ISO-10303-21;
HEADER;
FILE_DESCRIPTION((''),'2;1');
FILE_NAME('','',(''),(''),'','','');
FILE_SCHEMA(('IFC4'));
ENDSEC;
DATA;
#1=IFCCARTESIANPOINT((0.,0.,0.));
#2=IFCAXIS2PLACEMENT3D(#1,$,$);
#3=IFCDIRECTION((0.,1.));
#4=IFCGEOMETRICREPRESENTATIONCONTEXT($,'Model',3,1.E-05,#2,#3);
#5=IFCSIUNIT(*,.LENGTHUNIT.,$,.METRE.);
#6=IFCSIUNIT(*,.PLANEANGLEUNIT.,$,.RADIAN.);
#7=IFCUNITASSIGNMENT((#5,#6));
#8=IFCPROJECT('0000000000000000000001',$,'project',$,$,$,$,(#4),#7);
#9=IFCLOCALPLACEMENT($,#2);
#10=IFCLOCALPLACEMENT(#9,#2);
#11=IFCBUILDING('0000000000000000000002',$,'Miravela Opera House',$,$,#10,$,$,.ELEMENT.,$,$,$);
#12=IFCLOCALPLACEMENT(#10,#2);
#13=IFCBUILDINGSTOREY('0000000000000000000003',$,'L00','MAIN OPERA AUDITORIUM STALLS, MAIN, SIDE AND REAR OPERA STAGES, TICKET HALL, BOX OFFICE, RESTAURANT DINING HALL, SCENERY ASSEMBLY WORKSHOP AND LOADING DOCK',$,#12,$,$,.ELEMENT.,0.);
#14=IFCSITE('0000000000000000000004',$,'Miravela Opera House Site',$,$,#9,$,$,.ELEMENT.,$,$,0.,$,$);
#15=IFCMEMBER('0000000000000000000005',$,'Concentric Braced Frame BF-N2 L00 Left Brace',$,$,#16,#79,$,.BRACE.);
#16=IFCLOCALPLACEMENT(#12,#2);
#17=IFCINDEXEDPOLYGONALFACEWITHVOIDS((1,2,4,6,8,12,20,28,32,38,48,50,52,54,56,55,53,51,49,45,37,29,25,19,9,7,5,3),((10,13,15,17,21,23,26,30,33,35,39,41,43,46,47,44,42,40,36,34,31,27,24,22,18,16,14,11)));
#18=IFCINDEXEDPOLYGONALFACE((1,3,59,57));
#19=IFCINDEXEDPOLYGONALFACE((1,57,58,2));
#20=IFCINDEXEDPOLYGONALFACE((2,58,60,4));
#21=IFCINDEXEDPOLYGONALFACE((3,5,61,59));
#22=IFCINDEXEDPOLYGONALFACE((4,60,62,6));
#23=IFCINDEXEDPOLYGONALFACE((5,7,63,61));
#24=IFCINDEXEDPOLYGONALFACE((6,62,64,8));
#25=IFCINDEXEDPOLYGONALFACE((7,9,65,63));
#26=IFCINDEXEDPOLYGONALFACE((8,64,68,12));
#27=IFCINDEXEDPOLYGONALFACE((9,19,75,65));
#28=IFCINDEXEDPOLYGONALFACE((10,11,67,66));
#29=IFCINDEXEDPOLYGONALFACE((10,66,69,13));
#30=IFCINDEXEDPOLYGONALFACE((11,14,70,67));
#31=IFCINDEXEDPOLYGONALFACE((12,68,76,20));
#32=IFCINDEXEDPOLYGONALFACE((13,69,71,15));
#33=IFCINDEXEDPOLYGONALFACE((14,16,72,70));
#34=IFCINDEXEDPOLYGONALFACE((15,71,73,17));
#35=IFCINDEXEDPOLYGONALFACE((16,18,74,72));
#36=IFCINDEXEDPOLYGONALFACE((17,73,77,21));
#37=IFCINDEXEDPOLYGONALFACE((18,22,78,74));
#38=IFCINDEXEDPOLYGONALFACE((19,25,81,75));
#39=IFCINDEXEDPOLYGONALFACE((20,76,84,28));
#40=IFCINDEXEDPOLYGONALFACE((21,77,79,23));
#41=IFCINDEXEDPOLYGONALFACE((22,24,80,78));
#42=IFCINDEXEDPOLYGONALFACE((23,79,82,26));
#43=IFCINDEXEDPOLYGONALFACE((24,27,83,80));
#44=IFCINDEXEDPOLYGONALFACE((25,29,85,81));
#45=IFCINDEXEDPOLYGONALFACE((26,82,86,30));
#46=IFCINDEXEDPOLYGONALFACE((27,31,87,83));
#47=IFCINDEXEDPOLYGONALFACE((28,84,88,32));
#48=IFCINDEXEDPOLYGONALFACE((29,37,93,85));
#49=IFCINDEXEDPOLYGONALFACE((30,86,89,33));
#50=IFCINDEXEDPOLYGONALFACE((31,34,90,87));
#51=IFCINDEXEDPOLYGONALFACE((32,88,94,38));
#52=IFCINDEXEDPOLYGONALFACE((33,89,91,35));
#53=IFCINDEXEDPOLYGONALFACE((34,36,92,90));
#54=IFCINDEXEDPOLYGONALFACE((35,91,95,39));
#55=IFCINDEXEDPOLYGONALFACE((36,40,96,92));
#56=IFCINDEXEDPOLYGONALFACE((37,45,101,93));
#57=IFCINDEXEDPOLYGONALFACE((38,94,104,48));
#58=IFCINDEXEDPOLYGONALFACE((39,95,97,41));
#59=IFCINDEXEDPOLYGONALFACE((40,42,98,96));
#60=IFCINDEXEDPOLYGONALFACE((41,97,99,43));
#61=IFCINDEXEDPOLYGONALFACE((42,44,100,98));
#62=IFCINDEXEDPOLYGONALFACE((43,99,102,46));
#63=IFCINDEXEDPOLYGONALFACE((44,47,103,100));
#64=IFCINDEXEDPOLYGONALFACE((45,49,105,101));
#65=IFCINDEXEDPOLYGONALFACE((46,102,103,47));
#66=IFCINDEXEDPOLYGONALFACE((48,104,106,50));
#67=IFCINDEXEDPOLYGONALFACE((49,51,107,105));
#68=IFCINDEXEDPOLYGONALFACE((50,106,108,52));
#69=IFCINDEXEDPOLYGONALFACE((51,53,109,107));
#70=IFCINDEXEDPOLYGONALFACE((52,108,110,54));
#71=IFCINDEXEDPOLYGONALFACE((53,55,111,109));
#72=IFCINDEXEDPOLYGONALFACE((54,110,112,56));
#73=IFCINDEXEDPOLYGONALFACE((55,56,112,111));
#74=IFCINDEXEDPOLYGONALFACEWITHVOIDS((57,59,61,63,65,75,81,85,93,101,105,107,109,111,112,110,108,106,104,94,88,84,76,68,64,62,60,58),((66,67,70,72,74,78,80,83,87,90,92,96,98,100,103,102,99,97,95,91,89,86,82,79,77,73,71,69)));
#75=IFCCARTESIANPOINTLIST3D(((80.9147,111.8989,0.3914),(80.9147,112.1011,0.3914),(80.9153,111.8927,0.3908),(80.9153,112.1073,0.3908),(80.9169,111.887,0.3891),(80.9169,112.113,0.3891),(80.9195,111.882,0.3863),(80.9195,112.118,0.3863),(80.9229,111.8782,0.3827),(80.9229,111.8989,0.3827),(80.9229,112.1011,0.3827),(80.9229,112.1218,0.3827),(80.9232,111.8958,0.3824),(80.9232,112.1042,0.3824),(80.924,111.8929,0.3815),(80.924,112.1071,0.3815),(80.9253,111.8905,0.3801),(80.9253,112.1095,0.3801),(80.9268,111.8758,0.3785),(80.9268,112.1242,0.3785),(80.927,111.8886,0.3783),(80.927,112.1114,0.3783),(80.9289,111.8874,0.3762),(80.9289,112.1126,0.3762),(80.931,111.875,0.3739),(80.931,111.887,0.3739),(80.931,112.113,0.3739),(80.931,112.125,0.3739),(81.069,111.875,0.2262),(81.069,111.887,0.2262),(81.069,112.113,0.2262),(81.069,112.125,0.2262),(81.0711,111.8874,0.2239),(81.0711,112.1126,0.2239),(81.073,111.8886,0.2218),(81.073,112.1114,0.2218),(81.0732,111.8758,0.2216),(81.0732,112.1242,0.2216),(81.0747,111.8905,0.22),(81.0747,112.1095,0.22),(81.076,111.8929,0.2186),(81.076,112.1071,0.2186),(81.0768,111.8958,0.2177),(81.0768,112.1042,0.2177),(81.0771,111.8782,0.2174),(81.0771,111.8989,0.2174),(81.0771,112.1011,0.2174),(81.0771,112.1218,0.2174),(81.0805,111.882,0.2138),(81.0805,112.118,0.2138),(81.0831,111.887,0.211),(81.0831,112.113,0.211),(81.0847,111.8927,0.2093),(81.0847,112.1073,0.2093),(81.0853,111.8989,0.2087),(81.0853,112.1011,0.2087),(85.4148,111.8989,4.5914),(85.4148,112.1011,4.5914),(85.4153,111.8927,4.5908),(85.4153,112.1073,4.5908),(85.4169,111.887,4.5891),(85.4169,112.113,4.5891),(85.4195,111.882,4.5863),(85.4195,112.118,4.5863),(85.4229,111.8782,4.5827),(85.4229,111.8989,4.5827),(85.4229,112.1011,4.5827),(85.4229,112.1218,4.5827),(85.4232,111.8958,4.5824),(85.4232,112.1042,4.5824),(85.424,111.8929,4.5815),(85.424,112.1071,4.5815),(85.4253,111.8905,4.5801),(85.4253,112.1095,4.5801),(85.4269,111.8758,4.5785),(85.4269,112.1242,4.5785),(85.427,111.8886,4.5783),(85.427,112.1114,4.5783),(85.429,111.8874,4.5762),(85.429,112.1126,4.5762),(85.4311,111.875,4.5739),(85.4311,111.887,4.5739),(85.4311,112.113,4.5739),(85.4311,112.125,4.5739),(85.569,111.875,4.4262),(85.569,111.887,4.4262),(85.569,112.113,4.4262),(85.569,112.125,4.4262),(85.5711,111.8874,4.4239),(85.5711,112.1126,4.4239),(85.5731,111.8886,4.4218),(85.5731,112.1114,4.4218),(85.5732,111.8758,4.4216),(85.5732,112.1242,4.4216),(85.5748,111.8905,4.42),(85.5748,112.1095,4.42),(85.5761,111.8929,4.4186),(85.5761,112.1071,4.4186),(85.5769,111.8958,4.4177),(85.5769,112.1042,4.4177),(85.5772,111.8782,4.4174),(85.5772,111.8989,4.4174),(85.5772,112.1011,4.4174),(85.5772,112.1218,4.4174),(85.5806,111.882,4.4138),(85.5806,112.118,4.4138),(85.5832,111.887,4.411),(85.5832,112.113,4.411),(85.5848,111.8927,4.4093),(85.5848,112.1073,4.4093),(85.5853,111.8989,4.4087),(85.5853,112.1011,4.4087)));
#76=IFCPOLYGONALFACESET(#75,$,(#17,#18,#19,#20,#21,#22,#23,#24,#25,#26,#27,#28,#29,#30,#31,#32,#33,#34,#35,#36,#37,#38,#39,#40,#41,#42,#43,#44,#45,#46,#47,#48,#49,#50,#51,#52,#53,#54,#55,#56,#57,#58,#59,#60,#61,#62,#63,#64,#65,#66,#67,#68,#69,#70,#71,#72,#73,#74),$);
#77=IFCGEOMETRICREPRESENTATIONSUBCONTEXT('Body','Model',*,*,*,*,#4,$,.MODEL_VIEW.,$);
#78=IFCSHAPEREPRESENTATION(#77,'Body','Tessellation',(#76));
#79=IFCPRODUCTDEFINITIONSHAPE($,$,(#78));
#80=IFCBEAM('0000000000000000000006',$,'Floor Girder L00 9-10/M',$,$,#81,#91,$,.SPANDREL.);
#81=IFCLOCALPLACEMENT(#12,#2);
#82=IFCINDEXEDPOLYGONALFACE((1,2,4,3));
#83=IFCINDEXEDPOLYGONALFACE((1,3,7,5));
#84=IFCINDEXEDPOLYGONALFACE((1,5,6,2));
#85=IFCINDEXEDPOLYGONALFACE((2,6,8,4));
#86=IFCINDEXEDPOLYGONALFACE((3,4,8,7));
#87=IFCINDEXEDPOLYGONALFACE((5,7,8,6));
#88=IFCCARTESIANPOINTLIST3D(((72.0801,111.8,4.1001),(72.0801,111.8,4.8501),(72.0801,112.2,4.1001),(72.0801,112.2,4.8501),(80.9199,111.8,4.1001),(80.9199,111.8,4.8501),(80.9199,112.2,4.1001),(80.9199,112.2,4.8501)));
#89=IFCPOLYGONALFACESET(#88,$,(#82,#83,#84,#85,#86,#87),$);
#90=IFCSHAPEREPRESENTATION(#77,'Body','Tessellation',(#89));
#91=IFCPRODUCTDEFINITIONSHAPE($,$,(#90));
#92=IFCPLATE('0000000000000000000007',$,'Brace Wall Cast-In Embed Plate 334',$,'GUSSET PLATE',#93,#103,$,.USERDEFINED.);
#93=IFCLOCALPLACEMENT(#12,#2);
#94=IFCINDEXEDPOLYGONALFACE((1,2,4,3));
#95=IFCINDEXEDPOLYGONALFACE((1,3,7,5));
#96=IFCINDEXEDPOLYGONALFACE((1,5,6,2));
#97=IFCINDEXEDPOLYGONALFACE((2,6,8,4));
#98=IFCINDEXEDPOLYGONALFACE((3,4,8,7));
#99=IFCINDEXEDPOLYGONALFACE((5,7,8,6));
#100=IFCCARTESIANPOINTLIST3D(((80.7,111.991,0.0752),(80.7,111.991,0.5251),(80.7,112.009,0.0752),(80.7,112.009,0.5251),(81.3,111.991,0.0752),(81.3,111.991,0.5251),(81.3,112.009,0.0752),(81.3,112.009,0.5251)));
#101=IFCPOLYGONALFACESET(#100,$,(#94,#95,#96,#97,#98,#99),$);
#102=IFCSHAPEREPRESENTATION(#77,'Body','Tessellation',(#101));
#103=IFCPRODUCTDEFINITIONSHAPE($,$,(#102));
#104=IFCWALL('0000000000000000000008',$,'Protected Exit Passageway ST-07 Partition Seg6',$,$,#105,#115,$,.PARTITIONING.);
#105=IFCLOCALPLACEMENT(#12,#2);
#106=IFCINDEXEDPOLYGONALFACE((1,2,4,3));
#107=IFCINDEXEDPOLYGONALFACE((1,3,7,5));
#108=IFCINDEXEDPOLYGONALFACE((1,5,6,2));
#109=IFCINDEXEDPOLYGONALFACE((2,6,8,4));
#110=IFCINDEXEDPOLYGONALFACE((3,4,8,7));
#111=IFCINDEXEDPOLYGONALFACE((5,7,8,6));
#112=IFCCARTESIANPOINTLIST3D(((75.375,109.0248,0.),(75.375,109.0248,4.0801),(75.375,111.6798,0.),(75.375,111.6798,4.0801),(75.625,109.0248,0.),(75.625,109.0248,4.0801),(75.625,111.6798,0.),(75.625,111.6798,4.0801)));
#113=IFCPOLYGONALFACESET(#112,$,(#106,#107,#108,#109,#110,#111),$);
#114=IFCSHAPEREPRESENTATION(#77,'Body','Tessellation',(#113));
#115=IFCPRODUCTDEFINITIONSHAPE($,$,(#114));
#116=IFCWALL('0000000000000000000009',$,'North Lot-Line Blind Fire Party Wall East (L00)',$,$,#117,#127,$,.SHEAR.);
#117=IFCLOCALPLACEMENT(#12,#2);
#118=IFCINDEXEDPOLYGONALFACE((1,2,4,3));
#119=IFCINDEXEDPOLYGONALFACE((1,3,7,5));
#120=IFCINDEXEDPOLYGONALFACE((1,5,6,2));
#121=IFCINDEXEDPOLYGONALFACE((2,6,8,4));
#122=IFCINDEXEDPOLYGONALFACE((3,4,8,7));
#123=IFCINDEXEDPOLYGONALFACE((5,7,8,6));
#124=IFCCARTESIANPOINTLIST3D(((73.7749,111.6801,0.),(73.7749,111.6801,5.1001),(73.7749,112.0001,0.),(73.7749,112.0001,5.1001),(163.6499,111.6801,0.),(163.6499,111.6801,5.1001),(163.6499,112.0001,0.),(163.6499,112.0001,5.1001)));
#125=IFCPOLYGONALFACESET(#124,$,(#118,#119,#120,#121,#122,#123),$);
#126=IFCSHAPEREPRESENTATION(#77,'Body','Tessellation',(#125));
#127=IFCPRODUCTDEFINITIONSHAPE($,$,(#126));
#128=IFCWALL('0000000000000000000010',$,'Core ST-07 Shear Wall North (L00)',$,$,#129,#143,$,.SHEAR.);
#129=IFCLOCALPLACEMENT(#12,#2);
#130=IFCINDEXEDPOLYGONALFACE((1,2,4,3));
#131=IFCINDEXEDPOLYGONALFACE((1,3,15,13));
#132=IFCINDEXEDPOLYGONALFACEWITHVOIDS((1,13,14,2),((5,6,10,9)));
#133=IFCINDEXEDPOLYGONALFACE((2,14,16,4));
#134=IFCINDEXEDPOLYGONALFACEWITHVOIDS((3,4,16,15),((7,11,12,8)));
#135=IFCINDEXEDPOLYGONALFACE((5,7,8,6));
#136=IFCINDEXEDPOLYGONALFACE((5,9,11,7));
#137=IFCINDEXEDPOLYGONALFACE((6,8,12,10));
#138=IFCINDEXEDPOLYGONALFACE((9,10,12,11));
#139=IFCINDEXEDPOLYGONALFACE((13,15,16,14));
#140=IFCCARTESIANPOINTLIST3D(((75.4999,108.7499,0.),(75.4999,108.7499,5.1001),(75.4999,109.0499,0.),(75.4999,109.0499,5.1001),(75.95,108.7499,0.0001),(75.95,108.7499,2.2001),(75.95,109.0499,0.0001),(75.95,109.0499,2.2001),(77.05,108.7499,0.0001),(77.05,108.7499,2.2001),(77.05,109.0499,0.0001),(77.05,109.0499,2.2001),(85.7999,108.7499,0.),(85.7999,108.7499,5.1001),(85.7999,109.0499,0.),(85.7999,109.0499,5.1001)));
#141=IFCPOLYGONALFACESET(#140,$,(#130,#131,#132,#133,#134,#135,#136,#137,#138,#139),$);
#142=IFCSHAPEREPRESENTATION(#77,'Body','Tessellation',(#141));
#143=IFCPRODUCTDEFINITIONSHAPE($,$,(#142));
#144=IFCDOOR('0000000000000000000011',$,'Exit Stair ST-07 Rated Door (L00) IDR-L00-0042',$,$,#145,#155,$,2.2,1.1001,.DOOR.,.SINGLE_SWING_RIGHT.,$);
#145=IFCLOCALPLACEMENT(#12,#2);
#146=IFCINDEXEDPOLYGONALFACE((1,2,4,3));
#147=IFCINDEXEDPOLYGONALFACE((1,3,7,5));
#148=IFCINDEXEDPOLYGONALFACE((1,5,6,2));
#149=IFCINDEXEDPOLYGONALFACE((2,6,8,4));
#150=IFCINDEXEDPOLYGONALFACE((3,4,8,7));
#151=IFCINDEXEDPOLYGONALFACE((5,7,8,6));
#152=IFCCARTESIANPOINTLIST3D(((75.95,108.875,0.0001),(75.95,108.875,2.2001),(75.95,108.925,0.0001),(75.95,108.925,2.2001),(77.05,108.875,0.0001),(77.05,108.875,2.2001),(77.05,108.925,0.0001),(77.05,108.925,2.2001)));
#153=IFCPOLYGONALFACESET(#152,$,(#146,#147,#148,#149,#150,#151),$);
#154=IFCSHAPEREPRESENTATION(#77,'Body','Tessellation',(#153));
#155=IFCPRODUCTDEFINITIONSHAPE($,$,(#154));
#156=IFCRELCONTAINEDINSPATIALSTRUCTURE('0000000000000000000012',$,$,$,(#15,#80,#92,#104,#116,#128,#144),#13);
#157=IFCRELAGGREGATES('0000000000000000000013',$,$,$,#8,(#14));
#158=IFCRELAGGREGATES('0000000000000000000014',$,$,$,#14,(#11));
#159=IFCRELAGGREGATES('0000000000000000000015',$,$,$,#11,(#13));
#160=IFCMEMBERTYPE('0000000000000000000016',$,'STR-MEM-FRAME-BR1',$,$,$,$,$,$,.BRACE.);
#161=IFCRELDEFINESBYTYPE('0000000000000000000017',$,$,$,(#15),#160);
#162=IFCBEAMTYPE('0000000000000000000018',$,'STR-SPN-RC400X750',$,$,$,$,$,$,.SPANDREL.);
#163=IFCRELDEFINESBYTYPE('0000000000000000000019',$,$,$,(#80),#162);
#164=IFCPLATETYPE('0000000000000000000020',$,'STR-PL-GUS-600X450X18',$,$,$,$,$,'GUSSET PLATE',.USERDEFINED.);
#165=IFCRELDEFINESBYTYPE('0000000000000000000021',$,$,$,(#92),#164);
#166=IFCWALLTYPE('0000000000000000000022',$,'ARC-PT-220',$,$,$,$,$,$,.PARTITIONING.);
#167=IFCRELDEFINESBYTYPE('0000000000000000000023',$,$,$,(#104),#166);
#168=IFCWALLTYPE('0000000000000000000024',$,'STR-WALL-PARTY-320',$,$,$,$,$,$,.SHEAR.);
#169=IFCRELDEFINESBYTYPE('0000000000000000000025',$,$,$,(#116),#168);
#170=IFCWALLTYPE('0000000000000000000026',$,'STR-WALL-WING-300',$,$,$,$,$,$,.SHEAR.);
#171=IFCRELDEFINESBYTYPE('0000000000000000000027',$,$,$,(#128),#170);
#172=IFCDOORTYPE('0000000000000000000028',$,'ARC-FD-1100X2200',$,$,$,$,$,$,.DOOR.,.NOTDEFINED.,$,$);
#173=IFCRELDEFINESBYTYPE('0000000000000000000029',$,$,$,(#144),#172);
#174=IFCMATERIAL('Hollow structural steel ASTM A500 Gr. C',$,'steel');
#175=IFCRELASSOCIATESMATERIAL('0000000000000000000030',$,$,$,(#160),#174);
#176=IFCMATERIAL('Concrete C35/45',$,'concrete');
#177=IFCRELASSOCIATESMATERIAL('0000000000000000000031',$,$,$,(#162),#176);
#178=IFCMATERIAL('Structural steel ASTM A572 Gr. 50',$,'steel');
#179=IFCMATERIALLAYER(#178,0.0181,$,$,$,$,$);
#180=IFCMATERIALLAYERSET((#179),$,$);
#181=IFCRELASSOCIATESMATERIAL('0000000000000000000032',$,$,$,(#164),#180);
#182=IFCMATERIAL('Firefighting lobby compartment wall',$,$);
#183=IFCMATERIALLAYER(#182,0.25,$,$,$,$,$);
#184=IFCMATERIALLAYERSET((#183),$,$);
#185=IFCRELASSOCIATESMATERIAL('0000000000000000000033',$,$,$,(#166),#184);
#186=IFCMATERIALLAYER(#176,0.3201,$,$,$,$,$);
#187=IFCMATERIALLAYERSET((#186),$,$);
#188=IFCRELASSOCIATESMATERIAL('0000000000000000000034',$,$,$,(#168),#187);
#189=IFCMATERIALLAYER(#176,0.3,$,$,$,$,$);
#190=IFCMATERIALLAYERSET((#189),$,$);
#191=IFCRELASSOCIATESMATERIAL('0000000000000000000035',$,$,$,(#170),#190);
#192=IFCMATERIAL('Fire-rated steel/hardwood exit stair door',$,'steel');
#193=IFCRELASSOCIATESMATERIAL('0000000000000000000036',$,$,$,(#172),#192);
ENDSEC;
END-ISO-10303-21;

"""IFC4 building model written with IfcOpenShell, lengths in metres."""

from ifc_helpers import new_model, si_unit, direction, frame, frame_2d, origin, origin_2d, place, context, subcontext, project, spatial, rectangle, hollow_rectangle, extrude, material, layer, layer_set, material_profile, profile_set, type_object, element, fill, save


model = new_model("IFC4")

# Units and contexts
model_context = context("Model", 3, precision=1e-05, world=origin(), true_north=direction((0.0, 1.0)))
body_context = subcontext(model_context, "Body", "Model", "MODEL_VIEW")
ifc_project = project(units=[si_unit("LENGTHUNIT", "METRE"), si_unit("PLANEANGLEUNIT", "RADIAN")], contexts=[model_context])

# Site, building, storey
site_placement = place(None, origin())
site = spatial("IfcSite", under=ifc_project, at=site_placement, Name="Miravela Opera House Site", CompositionType="ELEMENT", RefElevation=0.0)
building_placement = place(site_placement, origin())
building = spatial("IfcBuilding", under=site, at=building_placement, Name="Miravela Opera House", CompositionType="ELEMENT")
storey_placement = place(building_placement, origin())
storey = spatial("IfcBuildingStorey", under=building, at=storey_placement, Name="L00", Description="MAIN OPERA AUDITORIUM STALLS, MAIN, SIDE AND REAR OPERA STAGES, TICKET HALL, BOX OFFICE, RESTAURANT DINING HALL, SCENERY ASSEMBLY WORKSHOP AND LOADING DOCK", CompositionType="ELEMENT", Elevation=0.0)

# Shared definitions
ifc_material_1 = material(Name="Hollow structural steel ASTM A500 Gr. C", Category="steel")

# Member
ifc_material_profile_1 = material_profile(ifc_material_1, hollow_rectangle(XDim=0.25, YDim=0.25, WallThickness=0.012, InnerFilletRadius=0.012, OuterFilletRadius=0.0239, at=origin_2d()), Name="HSS250X250X12")
ifc_profile_set_1 = profile_set([ifc_material_profile_1])
member_type = type_object("IfcMemberType", Name="STR-MEM-FRAME-BR1", PredefinedType="BRACE", material=ifc_profile_set_1)
member_placement = place(storey_placement, frame((81.0, 112.0, 0.3), z_axis=(0.731059, 0.0, 0.682314), x_axis=(0.0, 1.0, 0.0)))
element("IfcMember", 1, at=member_placement, inside=storey, type_object=member_type, Name="Concentric Braced Frame BF-N2 L00 Left Brace", PredefinedType="BRACE", context=body_context, shape_type="SweptSolid", body=[
    extrude(hollow_rectangle(XDim=0.25, YDim=0.25, WallThickness=0.012, InnerFilletRadius=0.012, OuterFilletRadius=0.0239, at=origin_2d()), origin(), (0.0, 0.0, 1.0), 6.1555),
])

# Beam
ifc_material_2 = material(Name="Concrete C35/45", Category="concrete")
ifc_material_profile_2 = material_profile(ifc_material_2, rectangle(XDim=0.3999, YDim=0.75, at=origin_2d()), Name="RC-SPN-400X750")
ifc_profile_set_2 = profile_set([ifc_material_profile_2])
beam_type = type_object("IfcBeamType", Name="STR-SPN-RC400X750", PredefinedType="SPANDREL", material=ifc_profile_set_2)
beam_placement = place(storey_placement, frame((72.0801, 112.0, 4.4751), z_axis=(1.0, 0.0, 0.0), x_axis=(0.0, 1.0, 0.0)))
element("IfcBeam", 2, at=beam_placement, inside=storey, type_object=beam_type, Name="Floor Girder L00 9-10/M", PredefinedType="SPANDREL", context=body_context, shape_type="SweptSolid", body=[
    extrude(rectangle(XDim=0.3999, YDim=0.75, at=origin_2d()), origin(), (0.0, 0.0, 1.0), 8.8398),
])

# Plate
ifc_material_3 = material(Name="Structural steel ASTM A572 Gr. 50", Category="steel")
ifc_layer_1 = layer(ifc_material_3, 0.0181)
ifc_layer_set_1 = layer_set([ifc_layer_1])
plate_type = type_object("IfcPlateType", Name="STR-PL-GUS-600X450X18", ElementType="GUSSET PLATE", PredefinedType="USERDEFINED", material=ifc_layer_set_1)
plate_placement = place(storey_placement, frame((81.0, 112.0, 0.0752), z_axis=(0.0, 0.0, 1.0), x_axis=(1.0, 0.0, 0.0)))
element("IfcPlate", 3, at=plate_placement, inside=storey, type_object=plate_type, Name="Brace Wall Cast-In Embed Plate 334", ObjectType="GUSSET PLATE", PredefinedType="USERDEFINED", context=body_context, shape_type="SweptSolid", body=[
    extrude(rectangle(XDim=0.6001, YDim=0.0181, at=origin_2d()), origin(), (0.0, 0.0, 1.0), 0.45),
])

# Walls
ifc_material_4 = material(Name="Firefighting lobby compartment wall")
ifc_layer_2 = layer(ifc_material_4, 0.25)
ifc_layer_set_2 = layer_set([ifc_layer_2])
wall_type_1 = type_object("IfcWallType", Name="ARC-PT-220", PredefinedType="PARTITIONING", material=ifc_layer_set_2)
wall_1_placement = place(storey_placement, frame((75.5, 111.6799, 0.0), z_axis=(0.0, 0.0, 1.0), x_axis=(0.0, -1.0, 0.0)))
element("IfcWall", 4, at=wall_1_placement, inside=storey, type_object=wall_type_1, Name="Protected Exit Passageway ST-07 Partition Seg6", PredefinedType="PARTITIONING", context=body_context, shape_type="SweptSolid", body=[
    extrude(rectangle(XDim=2.655, YDim=0.25, at=frame_2d((1.3276, 0.0))), origin(), (0.0, 0.0, 1.0), 4.0801),
])
ifc_layer_3 = layer(ifc_material_2, 0.3201)
ifc_layer_set_3 = layer_set([ifc_layer_3])
wall_type_2 = type_object("IfcWallType", Name="STR-WALL-PARTY-320", PredefinedType="SHEAR", material=ifc_layer_set_3)
wall_2_placement = place(storey_placement, frame((73.7749, 111.8401, 0.0), z_axis=(0.0, 0.0, 1.0), x_axis=(1.0, 0.0, 0.0)))
element("IfcWall", 5, at=wall_2_placement, inside=storey, type_object=wall_type_2, Name="North Lot-Line Blind Fire Party Wall East (L00)", PredefinedType="SHEAR", context=body_context, shape_type="SweptSolid", body=[
    extrude(rectangle(XDim=89.875, YDim=0.3201, at=frame_2d((44.9375, 0.0))), origin(), (0.0, 0.0, 1.0), 5.1001),
])

# Wall, opening, door
ifc_layer_4 = layer(ifc_material_2, 0.3)
ifc_layer_set_4 = layer_set([ifc_layer_4])
wall_type_3 = type_object("IfcWallType", Name="STR-WALL-WING-300", PredefinedType="SHEAR", material=ifc_layer_set_4)
wall_3_placement = place(storey_placement, frame((75.5, 108.8999, 0.0), z_axis=(0.0, 0.0, 1.0), x_axis=(1.0, 0.0, 0.0)))
wall_3 = element("IfcWall", 6, at=wall_3_placement, inside=storey, type_object=wall_type_3, Name="Core ST-07 Shear Wall North (L00)", PredefinedType="SHEAR", context=body_context, shape_type="SweptSolid", body=[
    extrude(rectangle(XDim=10.3, YDim=0.3, at=frame_2d((5.1499, 0.0))), origin(), (0.0, 0.0, 1.0), 5.1001),
])
opening_placement = place(wall_3_placement, frame((0.45, 0.0, 0.0)))
opening = element("IfcOpeningElement", 7, at=opening_placement, cuts=wall_3, PredefinedType="OPENING", context=body_context, shape_type="SweptSolid", body=[
    extrude(rectangle(XDim=1.1001, YDim=2.2, at=frame_2d((0.55, 1.1001))), frame((0.0, 0.1599, 0.0), z_axis=(0.0, -1.0, 0.0), x_axis=(1.0, 0.0, 0.0)), (0.0, 0.0, 1.0), 0.3201),
])
ifc_material_5 = material(Name="Fire-rated steel/hardwood exit stair door", Category="steel")
door_type = type_object("IfcDoorType", Name="ARC-FD-1100X2200", OperationType="NOTDEFINED", PredefinedType="DOOR", material=ifc_material_5)
door_placement = place(opening_placement, frame((1.1001, 0.0, 0.0), z_axis=(0.0, 0.0, 1.0), x_axis=(-1.0, 0.0, 0.0)))
door = element("IfcDoor", 8, at=door_placement, inside=storey, type_object=door_type, Name="Exit Stair ST-07 Rated Door (L00) IDR-L00-0042", OperationType="SINGLE_SWING_RIGHT", OverallHeight=2.2, OverallWidth=1.1001, PredefinedType="DOOR", context=body_context, shape_type="SweptSolid", body=[
    extrude(rectangle(XDim=1.1001, YDim=2.2, at=frame_2d((0.55, 1.1001))), frame((0.0, 0.0249, 0.0), z_axis=(0.0, -1.0, 0.0), x_axis=(1.0, 0.0, 0.0)), (0.0, 0.0, 1.0), 0.05),
])
fill(opening, door)

save(model, "model.ifc")
